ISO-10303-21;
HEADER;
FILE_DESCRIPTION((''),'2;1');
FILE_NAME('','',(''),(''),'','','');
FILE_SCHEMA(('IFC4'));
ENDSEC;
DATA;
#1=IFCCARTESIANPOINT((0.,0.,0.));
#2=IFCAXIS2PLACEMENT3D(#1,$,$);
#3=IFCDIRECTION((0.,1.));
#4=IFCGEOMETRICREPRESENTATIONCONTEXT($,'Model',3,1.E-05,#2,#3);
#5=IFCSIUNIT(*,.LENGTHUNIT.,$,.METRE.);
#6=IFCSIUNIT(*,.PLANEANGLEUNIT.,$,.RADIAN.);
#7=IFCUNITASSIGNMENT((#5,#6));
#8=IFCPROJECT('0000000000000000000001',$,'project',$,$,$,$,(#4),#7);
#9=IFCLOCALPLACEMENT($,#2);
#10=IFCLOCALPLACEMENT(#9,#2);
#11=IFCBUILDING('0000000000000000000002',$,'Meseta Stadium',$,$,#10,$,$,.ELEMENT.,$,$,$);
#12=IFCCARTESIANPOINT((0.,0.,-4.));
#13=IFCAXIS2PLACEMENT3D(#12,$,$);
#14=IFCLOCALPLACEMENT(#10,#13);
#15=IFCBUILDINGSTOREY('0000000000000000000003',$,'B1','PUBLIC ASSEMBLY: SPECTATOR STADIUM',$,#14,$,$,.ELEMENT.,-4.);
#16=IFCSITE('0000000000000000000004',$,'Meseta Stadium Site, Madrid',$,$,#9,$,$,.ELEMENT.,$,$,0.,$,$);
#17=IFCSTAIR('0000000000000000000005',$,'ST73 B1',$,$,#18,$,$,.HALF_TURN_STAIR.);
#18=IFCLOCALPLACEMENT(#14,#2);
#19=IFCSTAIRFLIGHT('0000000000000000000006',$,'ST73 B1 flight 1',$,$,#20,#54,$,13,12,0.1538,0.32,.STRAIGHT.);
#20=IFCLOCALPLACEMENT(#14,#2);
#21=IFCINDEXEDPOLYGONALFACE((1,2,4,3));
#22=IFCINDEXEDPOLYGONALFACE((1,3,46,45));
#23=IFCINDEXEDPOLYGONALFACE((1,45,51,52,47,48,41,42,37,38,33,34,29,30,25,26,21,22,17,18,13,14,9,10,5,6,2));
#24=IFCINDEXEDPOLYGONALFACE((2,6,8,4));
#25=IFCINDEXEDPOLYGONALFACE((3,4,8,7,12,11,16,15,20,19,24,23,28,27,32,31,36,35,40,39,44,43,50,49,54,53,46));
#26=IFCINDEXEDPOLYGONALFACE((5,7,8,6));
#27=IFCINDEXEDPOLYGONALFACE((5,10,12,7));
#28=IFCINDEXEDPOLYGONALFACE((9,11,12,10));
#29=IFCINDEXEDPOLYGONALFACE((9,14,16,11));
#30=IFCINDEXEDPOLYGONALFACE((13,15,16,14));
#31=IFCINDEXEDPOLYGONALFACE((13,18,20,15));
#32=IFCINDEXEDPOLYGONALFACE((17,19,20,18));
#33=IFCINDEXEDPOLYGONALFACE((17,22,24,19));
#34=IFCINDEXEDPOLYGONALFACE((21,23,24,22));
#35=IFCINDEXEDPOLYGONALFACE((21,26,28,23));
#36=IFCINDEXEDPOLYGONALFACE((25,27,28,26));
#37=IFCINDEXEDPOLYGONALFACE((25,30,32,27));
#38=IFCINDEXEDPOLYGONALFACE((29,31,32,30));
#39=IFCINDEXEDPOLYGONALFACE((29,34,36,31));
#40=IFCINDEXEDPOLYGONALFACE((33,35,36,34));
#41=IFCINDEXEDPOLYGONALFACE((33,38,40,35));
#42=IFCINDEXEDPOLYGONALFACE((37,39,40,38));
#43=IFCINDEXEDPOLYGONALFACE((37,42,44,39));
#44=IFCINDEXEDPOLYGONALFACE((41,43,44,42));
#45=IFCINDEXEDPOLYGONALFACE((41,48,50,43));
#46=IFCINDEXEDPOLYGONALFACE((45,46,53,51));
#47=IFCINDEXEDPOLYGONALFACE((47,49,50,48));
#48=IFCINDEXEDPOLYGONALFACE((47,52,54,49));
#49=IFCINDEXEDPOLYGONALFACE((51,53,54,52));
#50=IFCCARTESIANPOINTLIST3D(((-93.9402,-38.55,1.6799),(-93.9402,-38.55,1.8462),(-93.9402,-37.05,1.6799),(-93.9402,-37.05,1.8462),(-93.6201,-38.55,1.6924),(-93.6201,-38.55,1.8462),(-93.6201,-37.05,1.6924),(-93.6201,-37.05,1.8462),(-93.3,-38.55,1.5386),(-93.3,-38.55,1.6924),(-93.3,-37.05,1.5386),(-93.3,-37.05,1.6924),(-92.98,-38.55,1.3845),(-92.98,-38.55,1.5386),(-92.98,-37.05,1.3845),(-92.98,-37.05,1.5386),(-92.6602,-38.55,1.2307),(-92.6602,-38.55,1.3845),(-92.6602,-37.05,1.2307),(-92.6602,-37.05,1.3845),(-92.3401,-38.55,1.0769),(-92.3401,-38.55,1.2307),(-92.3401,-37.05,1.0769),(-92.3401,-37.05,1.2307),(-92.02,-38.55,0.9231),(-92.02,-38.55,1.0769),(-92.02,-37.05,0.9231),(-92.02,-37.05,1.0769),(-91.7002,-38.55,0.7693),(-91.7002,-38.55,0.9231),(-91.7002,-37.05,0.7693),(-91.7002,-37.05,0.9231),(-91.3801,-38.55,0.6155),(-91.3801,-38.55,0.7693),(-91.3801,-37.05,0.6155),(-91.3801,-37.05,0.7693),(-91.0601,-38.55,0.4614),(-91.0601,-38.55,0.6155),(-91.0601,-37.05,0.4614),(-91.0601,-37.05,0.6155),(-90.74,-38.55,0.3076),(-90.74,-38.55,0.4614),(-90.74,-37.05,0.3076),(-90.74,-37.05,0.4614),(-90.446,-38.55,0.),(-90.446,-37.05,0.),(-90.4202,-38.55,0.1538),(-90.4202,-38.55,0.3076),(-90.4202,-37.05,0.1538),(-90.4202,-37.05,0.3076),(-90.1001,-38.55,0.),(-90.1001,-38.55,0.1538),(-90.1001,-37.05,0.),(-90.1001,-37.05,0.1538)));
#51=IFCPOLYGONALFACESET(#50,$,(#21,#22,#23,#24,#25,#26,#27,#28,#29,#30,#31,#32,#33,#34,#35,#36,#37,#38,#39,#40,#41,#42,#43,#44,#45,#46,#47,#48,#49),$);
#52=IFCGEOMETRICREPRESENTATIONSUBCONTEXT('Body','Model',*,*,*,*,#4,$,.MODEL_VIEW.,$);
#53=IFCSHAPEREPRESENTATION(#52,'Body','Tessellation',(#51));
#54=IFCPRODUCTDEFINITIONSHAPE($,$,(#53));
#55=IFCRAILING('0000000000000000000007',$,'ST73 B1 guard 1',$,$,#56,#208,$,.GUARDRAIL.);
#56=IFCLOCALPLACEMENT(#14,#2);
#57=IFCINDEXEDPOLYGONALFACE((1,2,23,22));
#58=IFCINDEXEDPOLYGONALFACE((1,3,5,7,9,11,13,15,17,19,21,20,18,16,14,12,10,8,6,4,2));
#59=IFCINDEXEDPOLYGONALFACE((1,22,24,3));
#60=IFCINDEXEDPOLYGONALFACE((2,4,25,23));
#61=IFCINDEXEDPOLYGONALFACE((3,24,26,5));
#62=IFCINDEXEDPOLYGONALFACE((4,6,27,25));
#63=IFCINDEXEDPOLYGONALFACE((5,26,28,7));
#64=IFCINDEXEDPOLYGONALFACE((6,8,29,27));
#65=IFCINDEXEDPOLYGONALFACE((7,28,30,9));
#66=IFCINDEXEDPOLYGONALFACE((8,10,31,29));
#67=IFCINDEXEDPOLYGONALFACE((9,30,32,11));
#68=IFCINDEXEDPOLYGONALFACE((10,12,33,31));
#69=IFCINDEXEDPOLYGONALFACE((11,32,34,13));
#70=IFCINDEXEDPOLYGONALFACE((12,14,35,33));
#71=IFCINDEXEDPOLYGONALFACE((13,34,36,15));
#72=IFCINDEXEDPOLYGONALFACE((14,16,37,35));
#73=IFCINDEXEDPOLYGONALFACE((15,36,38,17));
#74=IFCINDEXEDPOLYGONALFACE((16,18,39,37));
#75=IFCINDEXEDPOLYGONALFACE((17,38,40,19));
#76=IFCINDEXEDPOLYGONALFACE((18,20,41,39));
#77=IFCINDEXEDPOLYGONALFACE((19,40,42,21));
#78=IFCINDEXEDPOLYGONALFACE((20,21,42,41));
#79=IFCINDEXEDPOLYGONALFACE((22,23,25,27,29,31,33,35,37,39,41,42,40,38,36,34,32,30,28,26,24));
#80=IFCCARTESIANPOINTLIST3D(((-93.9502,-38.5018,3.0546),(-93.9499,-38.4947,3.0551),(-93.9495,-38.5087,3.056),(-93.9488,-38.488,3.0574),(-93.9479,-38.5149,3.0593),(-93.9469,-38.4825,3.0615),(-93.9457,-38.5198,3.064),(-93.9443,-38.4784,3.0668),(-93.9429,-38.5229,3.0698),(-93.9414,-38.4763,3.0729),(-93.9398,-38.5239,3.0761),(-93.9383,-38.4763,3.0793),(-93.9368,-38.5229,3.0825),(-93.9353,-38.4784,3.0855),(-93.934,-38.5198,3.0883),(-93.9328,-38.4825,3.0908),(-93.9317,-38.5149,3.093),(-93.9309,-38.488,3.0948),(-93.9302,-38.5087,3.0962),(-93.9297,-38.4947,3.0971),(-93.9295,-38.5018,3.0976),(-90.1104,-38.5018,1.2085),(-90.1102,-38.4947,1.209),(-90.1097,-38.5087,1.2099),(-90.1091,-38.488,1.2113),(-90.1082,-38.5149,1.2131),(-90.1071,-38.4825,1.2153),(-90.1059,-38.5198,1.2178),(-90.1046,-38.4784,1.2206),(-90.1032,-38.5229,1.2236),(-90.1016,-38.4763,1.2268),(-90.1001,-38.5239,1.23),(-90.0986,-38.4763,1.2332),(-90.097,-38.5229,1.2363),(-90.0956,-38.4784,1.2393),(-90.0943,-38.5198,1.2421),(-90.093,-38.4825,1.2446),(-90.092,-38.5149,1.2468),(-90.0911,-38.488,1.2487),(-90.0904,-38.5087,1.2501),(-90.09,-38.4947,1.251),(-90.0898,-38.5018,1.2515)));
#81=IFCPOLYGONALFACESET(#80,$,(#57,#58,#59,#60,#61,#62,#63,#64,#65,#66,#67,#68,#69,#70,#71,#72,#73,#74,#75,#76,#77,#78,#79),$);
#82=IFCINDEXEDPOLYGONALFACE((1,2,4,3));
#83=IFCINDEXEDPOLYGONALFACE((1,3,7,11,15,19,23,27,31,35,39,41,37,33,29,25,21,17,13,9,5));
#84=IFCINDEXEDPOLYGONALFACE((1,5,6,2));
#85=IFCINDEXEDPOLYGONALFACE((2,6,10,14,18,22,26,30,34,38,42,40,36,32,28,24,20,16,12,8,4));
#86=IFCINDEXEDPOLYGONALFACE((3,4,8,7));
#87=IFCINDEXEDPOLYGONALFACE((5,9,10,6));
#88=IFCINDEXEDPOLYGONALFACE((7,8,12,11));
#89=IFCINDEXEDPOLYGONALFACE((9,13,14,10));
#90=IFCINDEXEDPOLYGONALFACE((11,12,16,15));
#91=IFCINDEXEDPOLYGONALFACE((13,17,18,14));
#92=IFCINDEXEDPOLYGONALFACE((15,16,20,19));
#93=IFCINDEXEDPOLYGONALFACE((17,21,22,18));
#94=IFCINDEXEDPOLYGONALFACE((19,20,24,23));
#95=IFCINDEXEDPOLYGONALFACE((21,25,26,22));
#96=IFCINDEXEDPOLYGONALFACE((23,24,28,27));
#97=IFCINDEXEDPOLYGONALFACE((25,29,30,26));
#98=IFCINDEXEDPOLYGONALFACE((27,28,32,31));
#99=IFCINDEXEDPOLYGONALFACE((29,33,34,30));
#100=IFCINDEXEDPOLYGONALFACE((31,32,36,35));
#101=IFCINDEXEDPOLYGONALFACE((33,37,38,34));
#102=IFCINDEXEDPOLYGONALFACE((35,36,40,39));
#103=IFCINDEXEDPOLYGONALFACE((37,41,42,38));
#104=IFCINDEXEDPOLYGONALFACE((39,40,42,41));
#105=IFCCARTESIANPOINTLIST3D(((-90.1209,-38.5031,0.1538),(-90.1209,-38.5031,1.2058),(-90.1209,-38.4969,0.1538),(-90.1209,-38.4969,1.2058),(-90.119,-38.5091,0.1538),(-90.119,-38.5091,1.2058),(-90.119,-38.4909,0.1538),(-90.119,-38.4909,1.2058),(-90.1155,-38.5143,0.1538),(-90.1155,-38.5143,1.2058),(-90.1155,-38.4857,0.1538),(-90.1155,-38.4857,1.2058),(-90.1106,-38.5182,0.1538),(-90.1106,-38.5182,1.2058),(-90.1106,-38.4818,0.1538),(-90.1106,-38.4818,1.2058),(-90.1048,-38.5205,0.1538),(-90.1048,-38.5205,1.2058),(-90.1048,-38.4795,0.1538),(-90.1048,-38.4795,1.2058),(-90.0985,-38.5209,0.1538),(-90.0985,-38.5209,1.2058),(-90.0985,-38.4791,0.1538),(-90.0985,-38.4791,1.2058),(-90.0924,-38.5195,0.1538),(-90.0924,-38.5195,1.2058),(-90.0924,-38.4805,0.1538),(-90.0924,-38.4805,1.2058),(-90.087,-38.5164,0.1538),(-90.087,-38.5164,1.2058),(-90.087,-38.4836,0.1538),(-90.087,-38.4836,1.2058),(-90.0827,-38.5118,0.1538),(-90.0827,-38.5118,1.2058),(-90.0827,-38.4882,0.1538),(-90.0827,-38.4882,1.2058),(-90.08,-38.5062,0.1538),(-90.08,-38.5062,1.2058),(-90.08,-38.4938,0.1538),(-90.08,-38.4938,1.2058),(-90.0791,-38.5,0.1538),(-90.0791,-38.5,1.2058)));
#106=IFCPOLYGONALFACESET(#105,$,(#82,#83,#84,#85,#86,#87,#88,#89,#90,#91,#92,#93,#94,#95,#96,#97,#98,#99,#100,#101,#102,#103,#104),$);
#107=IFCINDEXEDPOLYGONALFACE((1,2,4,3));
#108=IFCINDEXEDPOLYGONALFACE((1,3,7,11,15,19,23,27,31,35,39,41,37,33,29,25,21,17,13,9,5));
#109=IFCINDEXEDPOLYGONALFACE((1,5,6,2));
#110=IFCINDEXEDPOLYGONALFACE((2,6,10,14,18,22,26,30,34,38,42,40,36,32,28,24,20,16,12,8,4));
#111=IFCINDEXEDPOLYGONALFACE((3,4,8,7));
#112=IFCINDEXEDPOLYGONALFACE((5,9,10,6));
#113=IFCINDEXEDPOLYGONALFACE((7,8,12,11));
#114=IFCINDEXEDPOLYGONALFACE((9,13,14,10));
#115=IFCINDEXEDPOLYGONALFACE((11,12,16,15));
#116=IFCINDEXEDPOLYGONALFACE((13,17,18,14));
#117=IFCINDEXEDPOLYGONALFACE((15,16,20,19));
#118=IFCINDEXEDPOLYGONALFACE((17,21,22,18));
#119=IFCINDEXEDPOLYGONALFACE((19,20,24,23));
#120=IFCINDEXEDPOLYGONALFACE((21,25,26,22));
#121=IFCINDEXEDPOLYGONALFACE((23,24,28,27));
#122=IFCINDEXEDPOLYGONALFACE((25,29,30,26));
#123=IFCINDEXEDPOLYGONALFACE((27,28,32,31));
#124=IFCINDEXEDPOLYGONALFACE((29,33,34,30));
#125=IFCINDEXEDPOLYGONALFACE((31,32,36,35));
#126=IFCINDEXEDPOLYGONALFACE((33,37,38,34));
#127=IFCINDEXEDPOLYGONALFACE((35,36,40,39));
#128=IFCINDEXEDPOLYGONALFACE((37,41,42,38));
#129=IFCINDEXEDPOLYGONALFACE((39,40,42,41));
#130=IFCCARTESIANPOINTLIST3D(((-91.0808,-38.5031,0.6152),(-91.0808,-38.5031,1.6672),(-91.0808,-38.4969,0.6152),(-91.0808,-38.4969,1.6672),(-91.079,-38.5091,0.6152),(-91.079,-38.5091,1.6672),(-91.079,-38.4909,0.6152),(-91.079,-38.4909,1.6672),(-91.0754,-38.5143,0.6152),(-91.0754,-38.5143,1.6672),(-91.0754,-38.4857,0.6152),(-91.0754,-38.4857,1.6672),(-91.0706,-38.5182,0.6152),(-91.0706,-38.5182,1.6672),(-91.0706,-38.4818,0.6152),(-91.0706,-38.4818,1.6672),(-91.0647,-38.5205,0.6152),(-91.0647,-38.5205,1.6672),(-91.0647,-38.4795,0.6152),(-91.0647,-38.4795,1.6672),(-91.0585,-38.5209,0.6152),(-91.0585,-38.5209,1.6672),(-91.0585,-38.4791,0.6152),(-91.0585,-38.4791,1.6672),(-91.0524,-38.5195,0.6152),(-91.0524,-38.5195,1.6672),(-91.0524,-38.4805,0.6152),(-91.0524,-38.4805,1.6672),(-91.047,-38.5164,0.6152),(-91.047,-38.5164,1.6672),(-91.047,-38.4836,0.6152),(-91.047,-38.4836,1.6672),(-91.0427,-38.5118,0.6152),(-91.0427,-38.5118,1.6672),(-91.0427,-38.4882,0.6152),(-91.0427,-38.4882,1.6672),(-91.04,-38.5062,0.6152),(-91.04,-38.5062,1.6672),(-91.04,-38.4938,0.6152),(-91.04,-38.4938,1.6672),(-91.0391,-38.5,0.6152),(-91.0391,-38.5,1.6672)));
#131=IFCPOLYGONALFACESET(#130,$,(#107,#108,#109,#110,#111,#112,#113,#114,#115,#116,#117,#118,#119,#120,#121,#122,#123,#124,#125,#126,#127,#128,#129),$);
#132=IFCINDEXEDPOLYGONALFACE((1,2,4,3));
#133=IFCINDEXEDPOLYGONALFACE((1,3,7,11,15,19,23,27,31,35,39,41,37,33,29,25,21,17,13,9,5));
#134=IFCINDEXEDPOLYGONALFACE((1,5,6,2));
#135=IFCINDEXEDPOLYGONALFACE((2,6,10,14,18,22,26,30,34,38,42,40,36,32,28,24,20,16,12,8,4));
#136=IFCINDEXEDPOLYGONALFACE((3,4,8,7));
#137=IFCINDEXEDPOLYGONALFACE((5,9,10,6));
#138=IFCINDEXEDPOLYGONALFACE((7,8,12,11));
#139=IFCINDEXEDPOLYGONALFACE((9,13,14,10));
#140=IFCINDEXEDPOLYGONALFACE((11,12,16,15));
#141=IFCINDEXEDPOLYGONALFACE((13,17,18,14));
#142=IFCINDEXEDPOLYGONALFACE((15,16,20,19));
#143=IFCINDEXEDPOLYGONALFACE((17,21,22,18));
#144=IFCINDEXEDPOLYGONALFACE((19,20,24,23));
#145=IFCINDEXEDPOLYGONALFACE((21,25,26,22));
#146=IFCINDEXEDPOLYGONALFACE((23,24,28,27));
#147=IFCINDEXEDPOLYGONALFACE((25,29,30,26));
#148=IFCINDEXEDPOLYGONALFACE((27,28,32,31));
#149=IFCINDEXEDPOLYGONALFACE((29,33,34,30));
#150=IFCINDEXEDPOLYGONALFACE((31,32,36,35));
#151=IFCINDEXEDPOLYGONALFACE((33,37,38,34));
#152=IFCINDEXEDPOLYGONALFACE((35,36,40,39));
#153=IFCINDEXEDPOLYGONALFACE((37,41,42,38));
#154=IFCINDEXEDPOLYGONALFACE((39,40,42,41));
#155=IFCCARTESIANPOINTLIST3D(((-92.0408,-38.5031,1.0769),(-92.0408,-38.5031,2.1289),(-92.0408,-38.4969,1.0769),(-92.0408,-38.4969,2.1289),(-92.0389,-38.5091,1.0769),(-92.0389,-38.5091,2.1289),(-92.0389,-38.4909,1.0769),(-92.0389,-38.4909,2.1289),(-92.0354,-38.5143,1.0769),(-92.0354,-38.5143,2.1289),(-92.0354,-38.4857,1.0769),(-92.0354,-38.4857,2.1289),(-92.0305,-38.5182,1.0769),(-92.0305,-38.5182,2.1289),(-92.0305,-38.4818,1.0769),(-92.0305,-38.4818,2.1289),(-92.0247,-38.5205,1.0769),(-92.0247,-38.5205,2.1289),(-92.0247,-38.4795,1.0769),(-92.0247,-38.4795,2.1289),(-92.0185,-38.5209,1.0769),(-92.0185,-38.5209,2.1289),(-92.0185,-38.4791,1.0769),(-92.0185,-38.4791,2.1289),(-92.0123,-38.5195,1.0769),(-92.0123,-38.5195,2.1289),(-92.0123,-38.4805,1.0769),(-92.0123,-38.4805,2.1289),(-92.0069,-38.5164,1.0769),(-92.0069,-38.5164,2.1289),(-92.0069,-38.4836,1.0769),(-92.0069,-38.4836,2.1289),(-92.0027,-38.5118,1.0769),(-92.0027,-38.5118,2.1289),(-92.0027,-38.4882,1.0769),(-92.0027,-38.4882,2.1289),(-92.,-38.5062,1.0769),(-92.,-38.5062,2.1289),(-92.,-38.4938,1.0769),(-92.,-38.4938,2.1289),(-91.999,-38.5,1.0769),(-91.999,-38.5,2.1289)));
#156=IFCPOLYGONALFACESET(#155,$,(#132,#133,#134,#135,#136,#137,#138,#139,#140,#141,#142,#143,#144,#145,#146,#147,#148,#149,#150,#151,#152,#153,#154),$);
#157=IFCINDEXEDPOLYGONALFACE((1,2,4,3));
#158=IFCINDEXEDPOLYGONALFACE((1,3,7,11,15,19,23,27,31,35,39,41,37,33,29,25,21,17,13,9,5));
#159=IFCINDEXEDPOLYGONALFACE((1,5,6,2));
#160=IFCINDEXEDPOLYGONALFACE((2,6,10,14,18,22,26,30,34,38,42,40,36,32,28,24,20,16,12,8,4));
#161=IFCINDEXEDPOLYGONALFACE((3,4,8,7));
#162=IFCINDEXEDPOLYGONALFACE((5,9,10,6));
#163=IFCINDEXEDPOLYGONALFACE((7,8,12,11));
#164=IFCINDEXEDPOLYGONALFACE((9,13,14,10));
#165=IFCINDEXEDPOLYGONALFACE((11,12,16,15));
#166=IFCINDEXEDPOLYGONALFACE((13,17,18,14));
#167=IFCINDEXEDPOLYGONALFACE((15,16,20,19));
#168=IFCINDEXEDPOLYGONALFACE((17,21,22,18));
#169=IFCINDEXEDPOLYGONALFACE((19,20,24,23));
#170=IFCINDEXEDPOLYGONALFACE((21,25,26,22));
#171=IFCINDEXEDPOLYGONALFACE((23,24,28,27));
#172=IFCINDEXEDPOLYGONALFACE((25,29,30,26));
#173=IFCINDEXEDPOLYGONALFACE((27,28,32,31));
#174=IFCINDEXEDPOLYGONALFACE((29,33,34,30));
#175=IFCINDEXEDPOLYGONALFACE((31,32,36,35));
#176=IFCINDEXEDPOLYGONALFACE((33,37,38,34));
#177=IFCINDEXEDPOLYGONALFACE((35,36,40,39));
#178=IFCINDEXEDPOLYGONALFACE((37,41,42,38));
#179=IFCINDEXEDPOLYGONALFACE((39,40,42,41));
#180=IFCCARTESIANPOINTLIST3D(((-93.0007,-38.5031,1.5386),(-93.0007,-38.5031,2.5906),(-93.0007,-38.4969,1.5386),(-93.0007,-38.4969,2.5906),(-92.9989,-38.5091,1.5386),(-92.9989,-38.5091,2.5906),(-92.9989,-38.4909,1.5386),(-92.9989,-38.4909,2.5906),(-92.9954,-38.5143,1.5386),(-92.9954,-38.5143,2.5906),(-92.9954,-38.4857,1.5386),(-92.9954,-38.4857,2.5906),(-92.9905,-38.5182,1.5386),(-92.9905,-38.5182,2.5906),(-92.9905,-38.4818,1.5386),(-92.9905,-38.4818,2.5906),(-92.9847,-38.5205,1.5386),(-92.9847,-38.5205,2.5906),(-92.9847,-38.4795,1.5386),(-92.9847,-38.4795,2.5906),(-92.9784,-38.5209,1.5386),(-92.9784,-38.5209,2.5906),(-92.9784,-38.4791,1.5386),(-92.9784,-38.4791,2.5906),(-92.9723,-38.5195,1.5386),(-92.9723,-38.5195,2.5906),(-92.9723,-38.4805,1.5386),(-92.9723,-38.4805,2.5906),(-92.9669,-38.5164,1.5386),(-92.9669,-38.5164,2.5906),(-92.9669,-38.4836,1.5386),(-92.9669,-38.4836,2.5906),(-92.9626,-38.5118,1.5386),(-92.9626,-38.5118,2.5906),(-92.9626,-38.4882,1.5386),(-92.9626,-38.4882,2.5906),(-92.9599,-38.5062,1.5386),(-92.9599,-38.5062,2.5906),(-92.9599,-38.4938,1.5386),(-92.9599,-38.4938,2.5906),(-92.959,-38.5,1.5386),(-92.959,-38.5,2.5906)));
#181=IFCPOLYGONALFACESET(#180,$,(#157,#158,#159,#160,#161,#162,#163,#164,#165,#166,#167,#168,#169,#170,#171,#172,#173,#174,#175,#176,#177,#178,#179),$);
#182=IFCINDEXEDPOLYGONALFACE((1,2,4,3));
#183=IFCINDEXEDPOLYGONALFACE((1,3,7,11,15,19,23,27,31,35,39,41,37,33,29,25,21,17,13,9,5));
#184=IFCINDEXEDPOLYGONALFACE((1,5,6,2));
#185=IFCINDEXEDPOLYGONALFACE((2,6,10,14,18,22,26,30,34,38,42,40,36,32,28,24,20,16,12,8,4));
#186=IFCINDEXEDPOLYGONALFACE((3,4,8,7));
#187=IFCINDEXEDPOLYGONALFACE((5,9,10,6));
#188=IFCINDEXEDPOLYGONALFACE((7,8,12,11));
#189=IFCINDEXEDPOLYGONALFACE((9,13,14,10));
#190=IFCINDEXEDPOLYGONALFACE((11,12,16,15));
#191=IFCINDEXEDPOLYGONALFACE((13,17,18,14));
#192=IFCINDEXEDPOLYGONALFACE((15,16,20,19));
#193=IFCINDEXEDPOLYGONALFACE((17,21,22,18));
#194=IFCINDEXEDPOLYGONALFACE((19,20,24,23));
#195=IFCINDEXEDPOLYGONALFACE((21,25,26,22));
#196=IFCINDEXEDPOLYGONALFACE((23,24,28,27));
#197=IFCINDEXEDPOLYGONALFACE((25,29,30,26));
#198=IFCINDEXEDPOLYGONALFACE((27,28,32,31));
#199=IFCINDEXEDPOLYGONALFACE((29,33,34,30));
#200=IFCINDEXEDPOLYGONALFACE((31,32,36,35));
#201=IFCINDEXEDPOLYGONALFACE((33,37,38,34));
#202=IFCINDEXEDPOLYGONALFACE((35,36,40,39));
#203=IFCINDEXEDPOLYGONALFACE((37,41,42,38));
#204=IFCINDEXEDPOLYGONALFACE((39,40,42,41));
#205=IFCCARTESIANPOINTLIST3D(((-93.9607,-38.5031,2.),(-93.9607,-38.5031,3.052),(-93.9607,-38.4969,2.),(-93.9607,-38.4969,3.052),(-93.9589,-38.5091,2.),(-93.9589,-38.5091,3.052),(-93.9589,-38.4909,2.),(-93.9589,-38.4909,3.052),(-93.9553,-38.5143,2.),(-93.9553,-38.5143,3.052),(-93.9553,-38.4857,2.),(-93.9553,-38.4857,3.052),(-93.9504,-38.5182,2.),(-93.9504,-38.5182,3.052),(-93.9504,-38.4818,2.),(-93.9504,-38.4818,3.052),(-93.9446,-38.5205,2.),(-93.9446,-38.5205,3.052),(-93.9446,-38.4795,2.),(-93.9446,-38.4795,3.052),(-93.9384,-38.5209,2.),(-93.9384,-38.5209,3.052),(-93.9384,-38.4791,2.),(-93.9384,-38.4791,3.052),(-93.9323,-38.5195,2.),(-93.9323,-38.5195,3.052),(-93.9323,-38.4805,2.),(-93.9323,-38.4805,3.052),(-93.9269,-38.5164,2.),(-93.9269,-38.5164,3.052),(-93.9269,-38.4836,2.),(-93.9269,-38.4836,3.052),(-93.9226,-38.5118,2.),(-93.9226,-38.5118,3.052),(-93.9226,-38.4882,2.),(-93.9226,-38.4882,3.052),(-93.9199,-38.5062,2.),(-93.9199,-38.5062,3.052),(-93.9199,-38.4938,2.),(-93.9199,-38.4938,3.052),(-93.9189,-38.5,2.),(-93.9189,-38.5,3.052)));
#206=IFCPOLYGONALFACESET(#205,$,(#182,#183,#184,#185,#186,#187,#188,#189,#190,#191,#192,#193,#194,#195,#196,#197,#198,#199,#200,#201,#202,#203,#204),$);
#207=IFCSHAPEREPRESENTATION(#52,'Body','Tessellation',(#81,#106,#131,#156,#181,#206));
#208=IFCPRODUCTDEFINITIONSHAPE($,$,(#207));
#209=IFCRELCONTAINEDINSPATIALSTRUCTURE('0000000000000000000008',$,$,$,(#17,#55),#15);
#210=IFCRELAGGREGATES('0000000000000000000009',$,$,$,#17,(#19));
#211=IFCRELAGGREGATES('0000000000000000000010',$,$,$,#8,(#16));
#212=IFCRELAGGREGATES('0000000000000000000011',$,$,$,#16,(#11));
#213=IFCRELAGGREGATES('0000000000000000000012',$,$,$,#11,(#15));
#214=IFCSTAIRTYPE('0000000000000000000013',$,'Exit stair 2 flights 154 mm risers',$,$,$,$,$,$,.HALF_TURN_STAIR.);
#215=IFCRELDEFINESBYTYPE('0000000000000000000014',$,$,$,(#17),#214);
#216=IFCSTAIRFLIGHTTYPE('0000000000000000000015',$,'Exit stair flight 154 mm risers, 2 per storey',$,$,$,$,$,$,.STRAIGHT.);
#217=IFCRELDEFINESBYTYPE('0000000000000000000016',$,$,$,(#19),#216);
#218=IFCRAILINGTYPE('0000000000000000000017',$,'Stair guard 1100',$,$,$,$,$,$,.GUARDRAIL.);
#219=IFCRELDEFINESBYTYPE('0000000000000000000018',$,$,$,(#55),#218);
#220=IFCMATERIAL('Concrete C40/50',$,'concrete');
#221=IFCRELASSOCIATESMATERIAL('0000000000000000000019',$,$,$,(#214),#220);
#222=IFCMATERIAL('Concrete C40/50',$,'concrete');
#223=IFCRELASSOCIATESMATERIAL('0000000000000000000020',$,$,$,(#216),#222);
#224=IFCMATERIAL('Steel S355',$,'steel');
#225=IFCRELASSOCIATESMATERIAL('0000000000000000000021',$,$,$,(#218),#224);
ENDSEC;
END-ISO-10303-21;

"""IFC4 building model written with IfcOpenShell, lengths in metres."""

from ifc_helpers import new_model, si_unit, direction, frame, origin, origin_2d, place, context, subcontext, project, spatial, polyline, circle, outline, extrude, material, type_object, element, aggregate, save


model = new_model("IFC4")

# Units and contexts
model_context = context("Model", 3, precision=1e-05, world=origin(), true_north=direction((0.0, 1.0)))
body_context = subcontext(model_context, "Body", "Model", "MODEL_VIEW")
ifc_project = project(units=[si_unit("LENGTHUNIT", "METRE"), si_unit("PLANEANGLEUNIT", "RADIAN")], contexts=[model_context])

# Site, building, storey
site_placement = place(None, origin())
site = spatial("IfcSite", under=ifc_project, at=site_placement, Name="Meseta Stadium Site, Madrid", CompositionType="ELEMENT", RefElevation=0.0)
building_placement = place(site_placement, origin())
building = spatial("IfcBuilding", under=site, at=building_placement, Name="Meseta Stadium", CompositionType="ELEMENT")
storey_placement = place(building_placement, frame((0.0, 0.0, -4.0)))
storey = spatial("IfcBuildingStorey", under=building, at=storey_placement, Name="B1", Description="PUBLIC ASSEMBLY: SPECTATOR STADIUM", CompositionType="ELEMENT", Elevation=-4.0)

# Stair, stair flight
ifc_material_1 = material(Name="Concrete C40/50", Category="concrete")
stair_type = type_object("IfcStairType", Name="Exit stair 2 flights 154 mm risers", PredefinedType="HALF_TURN_STAIR", material=ifc_material_1)
stair_placement = place(storey_placement, origin())
stair = element("IfcStair", 1, at=stair_placement, inside=storey, type_object=stair_type, Name="ST73 B1", PredefinedType="HALF_TURN_STAIR")
ifc_material_2 = material(Name="Concrete C40/50", Category="concrete")
stair_flight_type = type_object("IfcStairFlightType", Name="Exit stair flight 154 mm risers, 2 per storey", PredefinedType="STRAIGHT", material=ifc_material_2)
stair_flight_placement = place(storey_placement, frame((-90.1001, -37.8, 0.0), z_axis=(0.0, 0.0, 1.0), x_axis=(-1.0, 0.0, 0.0)))
stair_flight = element("IfcStairFlight", 2, at=stair_flight_placement, type_object=stair_flight_type, Name="ST73 B1 flight 1", NumberOfRisers=13, NumberOfTreads=12, PredefinedType="STRAIGHT", RiserHeight=0.1538, TreadLength=0.32, context=body_context, shape_type="SweptSolid", body=[
    extrude(outline(polyline([(0.0, 0.0), (0.0, 0.1538), (0.3201, 0.1538), (0.3201, 0.3076), (0.6399, 0.3076), (0.6399, 0.4614), (0.96, 0.4614), (0.96, 0.6155), (1.28, 0.6155), (1.28, 0.7693), (1.6001, 0.7693), (1.6001, 0.9231), (1.9199, 0.9231), (1.9199, 1.0769), (2.24, 1.0769), (2.24, 1.2307), (2.5601, 1.2307), (2.5601, 1.3845), (2.8799, 1.3845), (2.8799, 1.5386), (3.2, 1.5386), (3.2, 1.6924), (3.52, 1.6924), (3.52, 1.8462), (3.8401, 1.8462), (3.8401, 1.6799), (0.3459, 0.0), (0.0, 0.0)])), frame((0.0, 0.75, 0.0), z_axis=(0.0, -1.0, 0.0), x_axis=(1.0, 0.0, 0.0)), (0.0, 0.0, 1.0), 1.5),
])
aggregate(stair, [stair_flight])

# Railing
ifc_material_3 = material(Name="Steel S355", Category="steel")
railing_type_1 = type_object("IfcRailingType", Name="Stair guard 1100", PredefinedType="GUARDRAIL", material=ifc_material_3)
railing_1_placement = place(storey_placement, frame((-90.1001, -38.5, 0.1538)))
element("IfcRailing", 3, at=railing_1_placement, inside=storey, type_object=railing_type_1, Name="ST73 B1 guard 1", PredefinedType="GUARDRAIL", context=body_context, shape_type="SweptSolid", body=[
    extrude(circle(Radius=0.0239, at=origin_2d()), frame((0.0, 0.0, 1.0762), z_axis=(-0.901242, 0.0, 0.433316), x_axis=(0.0, -1.0, 0.0)), (0.0, 0.0, 1.0), 4.2605),
    extrude(circle(Radius=0.021, at=origin_2d()), origin(), (0.0, 0.0, 1.0), 1.052),
    extrude(circle(Radius=0.021, at=origin_2d()), frame((-0.96, 0.0, 0.4614)), (0.0, 0.0, 1.0), 1.052),
    extrude(circle(Radius=0.021, at=origin_2d()), frame((-1.9199, 0.0, 0.9231)), (0.0, 0.0, 1.0), 1.052),
    extrude(circle(Radius=0.021, at=origin_2d()), frame((-2.8799, 0.0, 1.3848)), (0.0, 0.0, 1.0), 1.052),
    extrude(circle(Radius=0.021, at=origin_2d()), frame((-3.8398, 0.0, 1.8462)), (0.0, 0.0, 1.0), 1.052),
])

save(model, "model.ifc")
